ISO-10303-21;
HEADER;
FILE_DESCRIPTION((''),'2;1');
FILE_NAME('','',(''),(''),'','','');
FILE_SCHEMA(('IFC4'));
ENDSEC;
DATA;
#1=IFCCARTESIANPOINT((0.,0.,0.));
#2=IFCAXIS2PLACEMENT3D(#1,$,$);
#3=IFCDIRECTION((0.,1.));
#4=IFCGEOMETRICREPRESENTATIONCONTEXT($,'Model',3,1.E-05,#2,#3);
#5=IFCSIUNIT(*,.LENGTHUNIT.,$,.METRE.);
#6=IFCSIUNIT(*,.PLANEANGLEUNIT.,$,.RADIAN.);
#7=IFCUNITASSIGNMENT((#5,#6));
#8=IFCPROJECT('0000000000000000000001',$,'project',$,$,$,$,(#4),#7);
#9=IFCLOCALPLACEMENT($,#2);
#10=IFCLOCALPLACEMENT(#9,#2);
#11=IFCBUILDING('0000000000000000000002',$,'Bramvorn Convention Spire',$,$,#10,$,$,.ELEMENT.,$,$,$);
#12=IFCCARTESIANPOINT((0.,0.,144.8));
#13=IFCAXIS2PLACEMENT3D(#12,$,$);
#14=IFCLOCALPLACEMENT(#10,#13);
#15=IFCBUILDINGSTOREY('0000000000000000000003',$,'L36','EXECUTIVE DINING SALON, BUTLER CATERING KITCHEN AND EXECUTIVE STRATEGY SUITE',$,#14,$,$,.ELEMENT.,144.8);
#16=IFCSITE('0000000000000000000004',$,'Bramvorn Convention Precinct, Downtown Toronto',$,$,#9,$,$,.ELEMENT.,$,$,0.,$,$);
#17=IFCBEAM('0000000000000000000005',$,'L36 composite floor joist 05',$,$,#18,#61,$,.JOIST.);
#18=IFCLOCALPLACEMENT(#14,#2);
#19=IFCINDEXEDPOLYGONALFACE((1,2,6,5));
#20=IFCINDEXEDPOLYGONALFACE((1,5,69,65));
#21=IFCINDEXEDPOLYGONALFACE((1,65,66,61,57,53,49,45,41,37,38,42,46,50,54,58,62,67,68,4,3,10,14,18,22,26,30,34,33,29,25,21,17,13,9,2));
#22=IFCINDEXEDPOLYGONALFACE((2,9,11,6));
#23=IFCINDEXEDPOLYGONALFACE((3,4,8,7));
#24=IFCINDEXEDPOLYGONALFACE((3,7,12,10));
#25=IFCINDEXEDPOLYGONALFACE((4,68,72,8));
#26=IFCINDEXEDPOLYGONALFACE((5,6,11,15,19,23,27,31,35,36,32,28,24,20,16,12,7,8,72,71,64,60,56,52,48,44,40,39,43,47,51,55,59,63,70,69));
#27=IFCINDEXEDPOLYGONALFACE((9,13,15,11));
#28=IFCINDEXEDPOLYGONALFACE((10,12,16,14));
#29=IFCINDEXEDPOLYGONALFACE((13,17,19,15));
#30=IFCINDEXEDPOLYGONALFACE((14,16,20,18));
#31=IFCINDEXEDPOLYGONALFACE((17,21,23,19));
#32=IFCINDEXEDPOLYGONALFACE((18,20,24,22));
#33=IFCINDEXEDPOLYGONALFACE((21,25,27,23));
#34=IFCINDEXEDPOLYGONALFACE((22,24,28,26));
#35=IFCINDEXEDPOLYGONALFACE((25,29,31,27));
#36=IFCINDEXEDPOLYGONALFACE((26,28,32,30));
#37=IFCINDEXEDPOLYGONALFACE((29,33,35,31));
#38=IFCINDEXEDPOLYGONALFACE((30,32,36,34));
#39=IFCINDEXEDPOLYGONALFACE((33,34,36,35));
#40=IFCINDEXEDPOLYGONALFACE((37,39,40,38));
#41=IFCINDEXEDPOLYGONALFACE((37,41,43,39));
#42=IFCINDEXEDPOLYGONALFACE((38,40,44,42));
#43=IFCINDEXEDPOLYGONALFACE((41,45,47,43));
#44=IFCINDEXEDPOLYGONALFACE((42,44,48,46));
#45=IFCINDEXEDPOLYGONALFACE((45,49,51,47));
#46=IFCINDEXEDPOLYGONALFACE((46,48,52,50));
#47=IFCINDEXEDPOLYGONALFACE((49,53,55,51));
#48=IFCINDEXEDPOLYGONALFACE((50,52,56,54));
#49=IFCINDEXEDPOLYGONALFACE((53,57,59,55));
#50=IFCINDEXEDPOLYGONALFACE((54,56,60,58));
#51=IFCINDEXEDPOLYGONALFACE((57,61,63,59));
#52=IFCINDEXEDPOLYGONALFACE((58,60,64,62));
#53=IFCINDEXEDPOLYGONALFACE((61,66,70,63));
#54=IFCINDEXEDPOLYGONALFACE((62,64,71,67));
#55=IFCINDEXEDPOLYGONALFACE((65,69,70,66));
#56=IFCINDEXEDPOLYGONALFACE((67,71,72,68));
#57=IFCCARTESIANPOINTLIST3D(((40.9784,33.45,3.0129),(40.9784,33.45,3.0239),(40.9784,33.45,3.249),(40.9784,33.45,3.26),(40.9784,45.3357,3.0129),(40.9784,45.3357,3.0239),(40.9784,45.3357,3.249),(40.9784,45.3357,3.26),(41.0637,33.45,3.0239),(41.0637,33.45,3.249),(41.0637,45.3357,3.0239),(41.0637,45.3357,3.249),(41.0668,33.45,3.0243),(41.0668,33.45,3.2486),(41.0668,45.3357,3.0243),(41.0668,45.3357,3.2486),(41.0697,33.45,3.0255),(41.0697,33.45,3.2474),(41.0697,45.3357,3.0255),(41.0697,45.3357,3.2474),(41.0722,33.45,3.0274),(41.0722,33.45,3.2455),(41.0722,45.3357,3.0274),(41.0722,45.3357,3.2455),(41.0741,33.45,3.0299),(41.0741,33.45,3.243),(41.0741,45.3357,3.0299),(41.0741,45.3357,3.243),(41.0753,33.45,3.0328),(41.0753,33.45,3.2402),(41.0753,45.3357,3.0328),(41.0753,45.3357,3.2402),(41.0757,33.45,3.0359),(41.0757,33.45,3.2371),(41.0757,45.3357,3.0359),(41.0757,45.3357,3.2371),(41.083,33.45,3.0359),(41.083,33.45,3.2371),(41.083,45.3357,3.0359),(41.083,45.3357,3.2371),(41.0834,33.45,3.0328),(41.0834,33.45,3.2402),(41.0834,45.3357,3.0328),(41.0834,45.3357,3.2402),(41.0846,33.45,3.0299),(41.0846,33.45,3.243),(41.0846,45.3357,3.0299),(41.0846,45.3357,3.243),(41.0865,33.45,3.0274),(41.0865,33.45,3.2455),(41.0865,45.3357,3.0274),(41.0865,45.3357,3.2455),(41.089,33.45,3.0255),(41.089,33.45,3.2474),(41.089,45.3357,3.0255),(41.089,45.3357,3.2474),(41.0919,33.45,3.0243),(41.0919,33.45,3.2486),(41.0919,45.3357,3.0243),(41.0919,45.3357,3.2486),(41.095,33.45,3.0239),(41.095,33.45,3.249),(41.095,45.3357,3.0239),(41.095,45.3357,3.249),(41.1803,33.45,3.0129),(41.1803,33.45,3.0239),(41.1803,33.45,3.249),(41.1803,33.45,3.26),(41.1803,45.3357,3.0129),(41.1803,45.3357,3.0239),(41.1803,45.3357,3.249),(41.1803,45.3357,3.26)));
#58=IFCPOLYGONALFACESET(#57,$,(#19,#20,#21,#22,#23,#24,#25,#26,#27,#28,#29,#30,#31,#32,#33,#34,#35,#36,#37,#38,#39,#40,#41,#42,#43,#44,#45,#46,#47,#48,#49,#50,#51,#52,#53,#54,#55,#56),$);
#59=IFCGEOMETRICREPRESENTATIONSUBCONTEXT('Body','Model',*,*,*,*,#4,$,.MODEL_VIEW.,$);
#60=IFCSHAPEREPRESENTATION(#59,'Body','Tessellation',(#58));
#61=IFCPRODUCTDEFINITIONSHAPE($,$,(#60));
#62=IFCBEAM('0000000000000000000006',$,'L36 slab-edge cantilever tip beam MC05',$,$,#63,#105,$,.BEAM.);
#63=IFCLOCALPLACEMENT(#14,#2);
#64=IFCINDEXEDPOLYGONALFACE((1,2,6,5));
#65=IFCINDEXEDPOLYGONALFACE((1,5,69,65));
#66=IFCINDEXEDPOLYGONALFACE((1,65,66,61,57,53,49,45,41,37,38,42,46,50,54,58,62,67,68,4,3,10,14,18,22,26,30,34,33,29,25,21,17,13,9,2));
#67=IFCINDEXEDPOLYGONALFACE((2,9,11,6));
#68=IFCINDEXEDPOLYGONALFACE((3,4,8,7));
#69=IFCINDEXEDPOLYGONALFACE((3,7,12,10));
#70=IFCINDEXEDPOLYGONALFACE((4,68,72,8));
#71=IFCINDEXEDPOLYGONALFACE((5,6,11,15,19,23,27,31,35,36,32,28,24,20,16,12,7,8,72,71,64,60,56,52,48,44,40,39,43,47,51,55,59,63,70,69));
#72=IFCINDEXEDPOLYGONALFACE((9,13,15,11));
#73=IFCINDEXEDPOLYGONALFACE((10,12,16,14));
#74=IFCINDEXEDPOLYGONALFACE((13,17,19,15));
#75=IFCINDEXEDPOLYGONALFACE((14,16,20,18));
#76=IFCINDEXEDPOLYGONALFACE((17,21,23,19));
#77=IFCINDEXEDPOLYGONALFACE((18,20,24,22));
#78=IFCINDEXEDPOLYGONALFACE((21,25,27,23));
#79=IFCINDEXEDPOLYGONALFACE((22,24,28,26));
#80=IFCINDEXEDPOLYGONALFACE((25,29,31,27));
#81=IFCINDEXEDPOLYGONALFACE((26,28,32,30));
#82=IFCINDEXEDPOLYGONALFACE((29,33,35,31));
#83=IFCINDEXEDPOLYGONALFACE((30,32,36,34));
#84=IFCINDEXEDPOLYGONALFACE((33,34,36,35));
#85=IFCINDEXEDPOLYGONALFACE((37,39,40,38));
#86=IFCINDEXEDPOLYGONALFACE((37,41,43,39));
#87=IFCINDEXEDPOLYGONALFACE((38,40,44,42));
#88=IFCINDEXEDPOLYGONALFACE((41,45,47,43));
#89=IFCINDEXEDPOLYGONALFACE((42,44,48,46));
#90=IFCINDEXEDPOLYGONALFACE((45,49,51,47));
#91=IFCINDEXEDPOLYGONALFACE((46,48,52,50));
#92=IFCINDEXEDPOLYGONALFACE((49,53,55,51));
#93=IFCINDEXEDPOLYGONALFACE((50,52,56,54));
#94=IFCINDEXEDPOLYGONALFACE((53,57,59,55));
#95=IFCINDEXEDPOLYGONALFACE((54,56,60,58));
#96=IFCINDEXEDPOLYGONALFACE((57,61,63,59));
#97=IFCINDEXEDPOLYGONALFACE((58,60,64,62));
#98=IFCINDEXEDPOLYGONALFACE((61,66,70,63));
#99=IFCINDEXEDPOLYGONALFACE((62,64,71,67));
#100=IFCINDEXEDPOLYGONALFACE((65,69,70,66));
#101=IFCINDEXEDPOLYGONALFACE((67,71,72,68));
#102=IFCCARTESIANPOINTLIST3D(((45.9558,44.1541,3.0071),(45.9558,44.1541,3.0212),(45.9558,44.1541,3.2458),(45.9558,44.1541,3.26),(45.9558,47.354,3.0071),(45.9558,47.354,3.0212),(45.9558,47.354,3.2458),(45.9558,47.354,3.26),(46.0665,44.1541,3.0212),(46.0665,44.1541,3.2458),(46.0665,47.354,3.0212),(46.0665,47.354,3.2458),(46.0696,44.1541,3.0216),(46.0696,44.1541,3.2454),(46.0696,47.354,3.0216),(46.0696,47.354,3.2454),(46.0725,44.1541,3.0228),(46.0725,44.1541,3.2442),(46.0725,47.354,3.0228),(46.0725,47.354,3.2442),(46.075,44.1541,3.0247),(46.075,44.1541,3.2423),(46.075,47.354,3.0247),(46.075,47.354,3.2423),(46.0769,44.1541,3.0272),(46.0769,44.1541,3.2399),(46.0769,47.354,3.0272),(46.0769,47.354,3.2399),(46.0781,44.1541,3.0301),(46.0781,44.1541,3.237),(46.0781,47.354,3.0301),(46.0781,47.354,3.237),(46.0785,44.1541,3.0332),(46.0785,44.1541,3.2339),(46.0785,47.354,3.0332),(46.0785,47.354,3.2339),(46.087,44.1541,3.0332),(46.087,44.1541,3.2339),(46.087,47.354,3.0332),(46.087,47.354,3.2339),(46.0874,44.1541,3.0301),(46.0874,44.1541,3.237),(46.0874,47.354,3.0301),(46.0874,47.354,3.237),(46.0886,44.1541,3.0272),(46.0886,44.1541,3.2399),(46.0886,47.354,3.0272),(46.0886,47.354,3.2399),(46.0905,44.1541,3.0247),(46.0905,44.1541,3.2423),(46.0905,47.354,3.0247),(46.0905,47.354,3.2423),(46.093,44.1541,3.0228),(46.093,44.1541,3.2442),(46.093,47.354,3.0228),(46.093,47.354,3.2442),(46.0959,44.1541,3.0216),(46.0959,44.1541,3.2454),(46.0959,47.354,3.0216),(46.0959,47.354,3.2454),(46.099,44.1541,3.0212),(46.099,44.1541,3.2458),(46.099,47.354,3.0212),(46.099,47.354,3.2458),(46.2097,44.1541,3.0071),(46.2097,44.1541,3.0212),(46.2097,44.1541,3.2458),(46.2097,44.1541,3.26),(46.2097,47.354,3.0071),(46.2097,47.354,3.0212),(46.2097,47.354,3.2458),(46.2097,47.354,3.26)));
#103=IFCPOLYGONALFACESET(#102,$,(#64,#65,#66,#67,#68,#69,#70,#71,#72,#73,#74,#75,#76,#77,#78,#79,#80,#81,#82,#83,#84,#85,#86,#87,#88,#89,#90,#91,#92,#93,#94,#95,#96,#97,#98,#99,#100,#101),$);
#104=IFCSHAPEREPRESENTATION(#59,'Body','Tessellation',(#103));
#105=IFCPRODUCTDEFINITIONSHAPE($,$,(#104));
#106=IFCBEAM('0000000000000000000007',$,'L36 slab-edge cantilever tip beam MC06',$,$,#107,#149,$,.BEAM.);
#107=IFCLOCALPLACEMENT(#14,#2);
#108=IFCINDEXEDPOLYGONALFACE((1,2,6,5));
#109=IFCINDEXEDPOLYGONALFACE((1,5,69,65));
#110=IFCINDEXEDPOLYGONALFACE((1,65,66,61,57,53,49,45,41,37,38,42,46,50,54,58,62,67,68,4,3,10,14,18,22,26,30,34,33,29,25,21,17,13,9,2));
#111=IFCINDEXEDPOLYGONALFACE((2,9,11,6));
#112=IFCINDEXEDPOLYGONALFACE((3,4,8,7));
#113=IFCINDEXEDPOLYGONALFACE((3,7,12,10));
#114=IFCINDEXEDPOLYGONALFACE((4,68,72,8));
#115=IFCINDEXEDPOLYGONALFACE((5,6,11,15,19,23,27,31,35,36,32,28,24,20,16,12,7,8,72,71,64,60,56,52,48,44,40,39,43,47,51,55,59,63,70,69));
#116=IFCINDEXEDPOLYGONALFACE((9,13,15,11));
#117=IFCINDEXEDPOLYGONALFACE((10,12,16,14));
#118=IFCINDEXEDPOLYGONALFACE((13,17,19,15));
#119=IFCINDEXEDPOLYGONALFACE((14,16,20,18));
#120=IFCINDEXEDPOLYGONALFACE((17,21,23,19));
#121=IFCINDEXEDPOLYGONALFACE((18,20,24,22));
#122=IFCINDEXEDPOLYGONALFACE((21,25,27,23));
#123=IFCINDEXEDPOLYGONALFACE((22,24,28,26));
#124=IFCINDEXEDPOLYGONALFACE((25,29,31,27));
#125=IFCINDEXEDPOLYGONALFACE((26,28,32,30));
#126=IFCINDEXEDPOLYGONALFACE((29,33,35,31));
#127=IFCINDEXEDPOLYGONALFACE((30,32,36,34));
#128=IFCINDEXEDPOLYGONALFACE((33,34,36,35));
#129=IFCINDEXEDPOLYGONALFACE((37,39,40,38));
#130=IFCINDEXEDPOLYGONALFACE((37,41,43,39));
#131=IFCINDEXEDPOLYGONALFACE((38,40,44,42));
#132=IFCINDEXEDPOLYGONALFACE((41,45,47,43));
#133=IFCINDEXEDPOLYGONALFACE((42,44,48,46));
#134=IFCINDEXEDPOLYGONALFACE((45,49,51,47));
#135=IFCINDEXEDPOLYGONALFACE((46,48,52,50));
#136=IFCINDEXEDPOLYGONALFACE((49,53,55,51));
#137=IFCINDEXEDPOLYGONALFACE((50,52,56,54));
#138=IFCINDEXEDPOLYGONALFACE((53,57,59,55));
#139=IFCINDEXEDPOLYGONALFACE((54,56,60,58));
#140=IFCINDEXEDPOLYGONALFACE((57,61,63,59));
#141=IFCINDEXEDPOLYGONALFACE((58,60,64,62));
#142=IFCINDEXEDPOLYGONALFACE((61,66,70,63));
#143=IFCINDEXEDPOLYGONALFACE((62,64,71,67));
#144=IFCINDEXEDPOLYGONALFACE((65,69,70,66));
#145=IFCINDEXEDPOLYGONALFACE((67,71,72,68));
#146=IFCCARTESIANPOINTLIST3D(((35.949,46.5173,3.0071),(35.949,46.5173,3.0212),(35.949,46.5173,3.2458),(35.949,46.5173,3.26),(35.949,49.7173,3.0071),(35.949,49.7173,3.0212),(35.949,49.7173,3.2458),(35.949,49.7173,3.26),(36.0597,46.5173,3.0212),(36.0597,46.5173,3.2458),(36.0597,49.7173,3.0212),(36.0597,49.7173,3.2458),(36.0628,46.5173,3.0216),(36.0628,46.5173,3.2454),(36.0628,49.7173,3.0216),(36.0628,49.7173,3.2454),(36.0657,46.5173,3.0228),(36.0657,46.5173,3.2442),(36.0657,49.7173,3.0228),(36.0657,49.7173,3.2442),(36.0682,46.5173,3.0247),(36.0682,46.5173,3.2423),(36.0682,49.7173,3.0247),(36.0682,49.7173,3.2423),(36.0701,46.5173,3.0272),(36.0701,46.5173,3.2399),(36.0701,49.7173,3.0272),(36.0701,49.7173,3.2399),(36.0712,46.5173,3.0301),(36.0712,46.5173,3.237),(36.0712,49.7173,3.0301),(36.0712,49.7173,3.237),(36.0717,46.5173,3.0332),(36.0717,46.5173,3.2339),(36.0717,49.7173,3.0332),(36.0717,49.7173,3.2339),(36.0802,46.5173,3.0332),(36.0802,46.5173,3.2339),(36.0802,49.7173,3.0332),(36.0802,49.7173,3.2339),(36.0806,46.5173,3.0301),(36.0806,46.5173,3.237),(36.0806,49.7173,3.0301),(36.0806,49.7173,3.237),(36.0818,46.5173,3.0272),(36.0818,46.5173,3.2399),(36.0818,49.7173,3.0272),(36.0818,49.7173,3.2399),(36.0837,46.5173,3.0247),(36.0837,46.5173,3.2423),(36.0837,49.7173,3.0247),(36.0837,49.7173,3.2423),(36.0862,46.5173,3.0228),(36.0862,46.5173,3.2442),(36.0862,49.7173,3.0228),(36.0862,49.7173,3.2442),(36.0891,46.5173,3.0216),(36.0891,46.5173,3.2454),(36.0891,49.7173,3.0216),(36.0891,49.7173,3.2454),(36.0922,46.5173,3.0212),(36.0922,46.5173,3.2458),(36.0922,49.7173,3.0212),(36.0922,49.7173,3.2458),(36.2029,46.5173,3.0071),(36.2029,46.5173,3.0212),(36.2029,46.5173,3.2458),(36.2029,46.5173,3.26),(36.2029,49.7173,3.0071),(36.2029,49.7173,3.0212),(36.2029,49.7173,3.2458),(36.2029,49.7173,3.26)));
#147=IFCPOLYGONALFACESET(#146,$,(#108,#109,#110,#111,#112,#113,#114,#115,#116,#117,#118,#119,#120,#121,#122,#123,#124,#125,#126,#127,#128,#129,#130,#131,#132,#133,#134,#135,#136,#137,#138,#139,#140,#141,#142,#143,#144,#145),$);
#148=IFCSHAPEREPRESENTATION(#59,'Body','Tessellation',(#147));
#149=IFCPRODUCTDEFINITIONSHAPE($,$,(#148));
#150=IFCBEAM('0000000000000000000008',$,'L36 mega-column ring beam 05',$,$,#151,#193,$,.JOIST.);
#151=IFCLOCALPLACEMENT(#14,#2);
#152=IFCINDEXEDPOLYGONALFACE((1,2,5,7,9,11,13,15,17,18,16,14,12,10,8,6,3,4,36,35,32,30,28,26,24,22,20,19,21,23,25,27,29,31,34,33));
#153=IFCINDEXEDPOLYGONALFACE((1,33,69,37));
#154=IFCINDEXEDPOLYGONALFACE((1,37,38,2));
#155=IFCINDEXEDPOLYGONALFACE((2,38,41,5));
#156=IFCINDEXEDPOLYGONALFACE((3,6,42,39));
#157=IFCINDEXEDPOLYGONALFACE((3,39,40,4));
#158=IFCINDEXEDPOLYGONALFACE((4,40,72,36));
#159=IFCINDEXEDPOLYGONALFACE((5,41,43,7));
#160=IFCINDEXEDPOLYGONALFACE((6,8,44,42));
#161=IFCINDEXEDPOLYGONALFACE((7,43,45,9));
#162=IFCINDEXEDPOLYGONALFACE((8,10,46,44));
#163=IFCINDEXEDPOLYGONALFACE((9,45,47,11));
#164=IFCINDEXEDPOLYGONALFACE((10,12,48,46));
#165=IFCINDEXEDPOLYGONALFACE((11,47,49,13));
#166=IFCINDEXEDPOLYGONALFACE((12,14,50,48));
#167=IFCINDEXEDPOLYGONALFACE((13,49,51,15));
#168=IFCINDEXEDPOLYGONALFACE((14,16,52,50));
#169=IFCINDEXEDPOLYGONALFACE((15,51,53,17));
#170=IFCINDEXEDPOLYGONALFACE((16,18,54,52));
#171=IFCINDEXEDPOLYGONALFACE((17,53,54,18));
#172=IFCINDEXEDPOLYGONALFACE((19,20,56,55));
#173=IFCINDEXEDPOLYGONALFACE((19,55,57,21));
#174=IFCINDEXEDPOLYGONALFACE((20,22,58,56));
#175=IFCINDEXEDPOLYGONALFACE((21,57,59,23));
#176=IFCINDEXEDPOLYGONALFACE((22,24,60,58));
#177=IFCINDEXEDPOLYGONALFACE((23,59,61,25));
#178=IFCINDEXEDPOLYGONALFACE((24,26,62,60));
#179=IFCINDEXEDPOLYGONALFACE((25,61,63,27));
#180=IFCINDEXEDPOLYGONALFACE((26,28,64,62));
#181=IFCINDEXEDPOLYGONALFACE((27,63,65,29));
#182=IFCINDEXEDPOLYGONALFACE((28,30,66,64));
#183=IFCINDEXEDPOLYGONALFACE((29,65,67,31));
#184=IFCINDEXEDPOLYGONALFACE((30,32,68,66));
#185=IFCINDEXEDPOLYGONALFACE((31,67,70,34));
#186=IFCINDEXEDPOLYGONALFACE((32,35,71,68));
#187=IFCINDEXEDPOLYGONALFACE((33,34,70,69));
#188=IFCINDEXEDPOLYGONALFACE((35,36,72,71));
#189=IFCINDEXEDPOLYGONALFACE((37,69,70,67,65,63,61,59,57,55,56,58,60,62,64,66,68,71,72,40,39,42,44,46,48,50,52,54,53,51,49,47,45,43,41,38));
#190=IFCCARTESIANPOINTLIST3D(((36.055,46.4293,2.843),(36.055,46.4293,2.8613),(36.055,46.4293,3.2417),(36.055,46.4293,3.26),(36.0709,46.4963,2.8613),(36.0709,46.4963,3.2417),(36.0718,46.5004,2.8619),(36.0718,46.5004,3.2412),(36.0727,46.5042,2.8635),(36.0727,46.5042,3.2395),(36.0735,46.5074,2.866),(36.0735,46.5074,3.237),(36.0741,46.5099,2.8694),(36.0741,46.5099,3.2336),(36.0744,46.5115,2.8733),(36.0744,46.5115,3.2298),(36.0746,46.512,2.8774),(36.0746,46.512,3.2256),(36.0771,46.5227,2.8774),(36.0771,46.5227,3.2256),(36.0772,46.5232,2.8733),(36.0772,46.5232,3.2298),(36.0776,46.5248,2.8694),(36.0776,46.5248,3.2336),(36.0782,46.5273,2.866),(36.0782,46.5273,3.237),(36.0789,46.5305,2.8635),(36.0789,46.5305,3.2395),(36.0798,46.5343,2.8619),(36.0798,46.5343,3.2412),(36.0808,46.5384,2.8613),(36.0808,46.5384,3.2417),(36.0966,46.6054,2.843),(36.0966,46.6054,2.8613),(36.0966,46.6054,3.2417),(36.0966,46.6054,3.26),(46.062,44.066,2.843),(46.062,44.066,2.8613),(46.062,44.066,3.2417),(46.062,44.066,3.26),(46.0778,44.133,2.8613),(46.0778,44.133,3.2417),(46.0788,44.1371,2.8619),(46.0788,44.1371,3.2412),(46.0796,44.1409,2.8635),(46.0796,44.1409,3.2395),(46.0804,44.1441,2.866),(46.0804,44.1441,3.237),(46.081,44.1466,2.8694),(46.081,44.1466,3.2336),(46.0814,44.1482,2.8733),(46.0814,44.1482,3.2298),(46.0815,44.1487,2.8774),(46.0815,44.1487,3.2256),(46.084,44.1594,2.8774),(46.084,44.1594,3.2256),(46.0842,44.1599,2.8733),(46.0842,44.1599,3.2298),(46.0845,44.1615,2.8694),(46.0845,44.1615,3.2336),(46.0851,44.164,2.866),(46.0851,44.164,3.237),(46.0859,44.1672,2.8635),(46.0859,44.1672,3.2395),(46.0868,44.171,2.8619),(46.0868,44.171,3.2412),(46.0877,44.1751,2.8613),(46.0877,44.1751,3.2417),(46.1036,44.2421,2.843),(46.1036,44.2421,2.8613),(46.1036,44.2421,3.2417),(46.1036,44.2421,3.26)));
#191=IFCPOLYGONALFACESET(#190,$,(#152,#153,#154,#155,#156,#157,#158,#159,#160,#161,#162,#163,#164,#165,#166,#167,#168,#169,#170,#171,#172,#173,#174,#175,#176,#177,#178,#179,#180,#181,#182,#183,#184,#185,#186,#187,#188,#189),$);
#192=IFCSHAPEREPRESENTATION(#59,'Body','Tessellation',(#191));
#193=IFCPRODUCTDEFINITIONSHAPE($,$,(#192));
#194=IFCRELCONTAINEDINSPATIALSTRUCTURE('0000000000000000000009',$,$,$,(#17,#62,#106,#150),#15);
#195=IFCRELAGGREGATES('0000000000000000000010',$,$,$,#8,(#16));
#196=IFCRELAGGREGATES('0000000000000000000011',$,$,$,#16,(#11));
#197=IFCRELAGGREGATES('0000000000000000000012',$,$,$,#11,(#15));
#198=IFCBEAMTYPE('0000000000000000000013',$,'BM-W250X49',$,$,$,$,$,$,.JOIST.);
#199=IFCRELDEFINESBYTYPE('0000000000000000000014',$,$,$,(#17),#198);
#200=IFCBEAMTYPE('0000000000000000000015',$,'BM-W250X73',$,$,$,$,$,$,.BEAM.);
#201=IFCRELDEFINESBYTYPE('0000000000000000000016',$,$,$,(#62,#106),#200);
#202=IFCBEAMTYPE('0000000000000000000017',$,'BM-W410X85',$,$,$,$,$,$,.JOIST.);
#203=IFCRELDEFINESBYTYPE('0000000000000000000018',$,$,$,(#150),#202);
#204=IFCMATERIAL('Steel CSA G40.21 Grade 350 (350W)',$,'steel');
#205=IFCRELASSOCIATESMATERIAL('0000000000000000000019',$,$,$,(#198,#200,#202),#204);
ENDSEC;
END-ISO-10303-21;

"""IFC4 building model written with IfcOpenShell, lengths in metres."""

from ifc_helpers import new_model, si_unit, direction, frame, origin, origin_2d, place, context, subcontext, project, spatial, i_section, extrude, material, material_profile, profile_set, type_object, element, save


model = new_model("IFC4")

# Units and contexts
model_context = context("Model", 3, precision=1e-05, world=origin(), true_north=direction((0.0, 1.0)))
body_context = subcontext(model_context, "Body", "Model", "MODEL_VIEW")
ifc_project = project(units=[si_unit("LENGTHUNIT", "METRE"), si_unit("PLANEANGLEUNIT", "RADIAN")], contexts=[model_context])

# Site, building, storey
site_placement = place(None, origin())
site = spatial("IfcSite", under=ifc_project, at=site_placement, Name="Bramvorn Convention Precinct, Downtown Toronto", CompositionType="ELEMENT", RefElevation=0.0)
building_placement = place(site_placement, origin())
building = spatial("IfcBuilding", under=site, at=building_placement, Name="Bramvorn Convention Spire", CompositionType="ELEMENT")
storey_placement = place(building_placement, frame((0.0, 0.0, 144.8)))
storey = spatial("IfcBuildingStorey", under=building, at=storey_placement, Name="L36", Description="EXECUTIVE DINING SALON, BUTLER CATERING KITCHEN AND EXECUTIVE STRATEGY SUITE", CompositionType="ELEMENT", Elevation=144.8)

# Shared definitions
ifc_material_1 = material(Name="Steel CSA G40.21 Grade 350 (350W)", Category="steel")

# Beams
ifc_material_profile_1 = material_profile(ifc_material_1, i_section(OverallWidth=0.2019, OverallDepth=0.2471, WebThickness=0.0073, FlangeThickness=0.011, FilletRadius=0.012, at=origin_2d()))
ifc_profile_set_1 = profile_set([ifc_material_profile_1], Name="Steel CSA G40.21 Grade 350 (350W) - W250X49")
beam_type_1 = type_object("IfcBeamType", Name="BM-W250X49", PredefinedType="JOIST", material=ifc_profile_set_1)
beam_1_placement = place(storey_placement, frame((41.0793, 33.45, 3.1365), z_axis=(0.0, 1.0, 0.0), x_axis=(-1.0, 0.0, 0.0)))
element("IfcBeam", 1, at=beam_1_placement, inside=storey, type_object=beam_type_1, Name="L36 composite floor joist 05", PredefinedType="JOIST", context=body_context, shape_type="SweptSolid", body=[
    extrude(i_section(OverallWidth=0.2019, OverallDepth=0.2471, WebThickness=0.0073, FlangeThickness=0.011, FilletRadius=0.012, at=origin_2d()), origin(), (0.0, 0.0, 1.0), 11.8857),
])
ifc_material_profile_2 = material_profile(ifc_material_1, i_section(OverallWidth=0.2539, OverallDepth=0.2529, WebThickness=0.0085, FlangeThickness=0.0142, FilletRadius=0.012, at=origin_2d()))
ifc_profile_set_2 = profile_set([ifc_material_profile_2], Name="Steel CSA G40.21 Grade 350 (350W) - W250X73")
beam_type_2 = type_object("IfcBeamType", Name="BM-W250X73", PredefinedType="BEAM", material=ifc_profile_set_2)
for number, where, z_axis, x_axis, name in (
    (2, (46.0828, 44.1541, 3.1335), (0.0, 1.0, 0.0), (-1.0, 0.0, 0.0), "L36 slab-edge cantilever tip beam MC05"),
    (3, (36.0759, 46.5173, 3.1335), (0.0, 1.0, 0.0), (-1.0, 0.0, 0.0), "L36 slab-edge cantilever tip beam MC06"),
):
    element("IfcBeam", number, at=place(storey_placement, frame(where, z_axis=z_axis, x_axis=x_axis)), inside=storey, type_object=beam_type_2, Name=name, PredefinedType="BEAM", context=body_context, shape_type="SweptSolid", body=[
        extrude(i_section(OverallWidth=0.2539, OverallDepth=0.2529, WebThickness=0.0085, FlangeThickness=0.0142, FilletRadius=0.012, at=origin_2d()), origin(), (0.0, 0.0, 1.0), 3.2),
    ])
ifc_material_profile_3 = material_profile(ifc_material_1, i_section(OverallWidth=0.1809, OverallDepth=0.417, WebThickness=0.011, FlangeThickness=0.0183, FilletRadius=0.0161, at=origin_2d()))
ifc_profile_set_3 = profile_set([ifc_material_profile_3], Name="Steel CSA G40.21 Grade 350 (350W) - W410X85")
beam_type_3 = type_object("IfcBeamType", Name="BM-W410X85", PredefinedType="JOIST", material=ifc_profile_set_3)
beam_2_placement = place(storey_placement, frame((46.0828, 44.1541, 3.0515), z_axis=(-0.973228, 0.229844, 0.0), x_axis=(-0.229844, -0.973228, 0.0)))
element("IfcBeam", 4, at=beam_2_placement, inside=storey, type_object=beam_type_3, Name="L36 mega-column ring beam 05", PredefinedType="JOIST", context=body_context, shape_type="SweptSolid", body=[
    extrude(i_section(OverallWidth=0.1809, OverallDepth=0.417, WebThickness=0.011, FlangeThickness=0.0183, FilletRadius=0.0161, at=origin_2d()), origin(), (0.0, 0.0, 1.0), 10.2822),
])

save(model, "model.ifc")
